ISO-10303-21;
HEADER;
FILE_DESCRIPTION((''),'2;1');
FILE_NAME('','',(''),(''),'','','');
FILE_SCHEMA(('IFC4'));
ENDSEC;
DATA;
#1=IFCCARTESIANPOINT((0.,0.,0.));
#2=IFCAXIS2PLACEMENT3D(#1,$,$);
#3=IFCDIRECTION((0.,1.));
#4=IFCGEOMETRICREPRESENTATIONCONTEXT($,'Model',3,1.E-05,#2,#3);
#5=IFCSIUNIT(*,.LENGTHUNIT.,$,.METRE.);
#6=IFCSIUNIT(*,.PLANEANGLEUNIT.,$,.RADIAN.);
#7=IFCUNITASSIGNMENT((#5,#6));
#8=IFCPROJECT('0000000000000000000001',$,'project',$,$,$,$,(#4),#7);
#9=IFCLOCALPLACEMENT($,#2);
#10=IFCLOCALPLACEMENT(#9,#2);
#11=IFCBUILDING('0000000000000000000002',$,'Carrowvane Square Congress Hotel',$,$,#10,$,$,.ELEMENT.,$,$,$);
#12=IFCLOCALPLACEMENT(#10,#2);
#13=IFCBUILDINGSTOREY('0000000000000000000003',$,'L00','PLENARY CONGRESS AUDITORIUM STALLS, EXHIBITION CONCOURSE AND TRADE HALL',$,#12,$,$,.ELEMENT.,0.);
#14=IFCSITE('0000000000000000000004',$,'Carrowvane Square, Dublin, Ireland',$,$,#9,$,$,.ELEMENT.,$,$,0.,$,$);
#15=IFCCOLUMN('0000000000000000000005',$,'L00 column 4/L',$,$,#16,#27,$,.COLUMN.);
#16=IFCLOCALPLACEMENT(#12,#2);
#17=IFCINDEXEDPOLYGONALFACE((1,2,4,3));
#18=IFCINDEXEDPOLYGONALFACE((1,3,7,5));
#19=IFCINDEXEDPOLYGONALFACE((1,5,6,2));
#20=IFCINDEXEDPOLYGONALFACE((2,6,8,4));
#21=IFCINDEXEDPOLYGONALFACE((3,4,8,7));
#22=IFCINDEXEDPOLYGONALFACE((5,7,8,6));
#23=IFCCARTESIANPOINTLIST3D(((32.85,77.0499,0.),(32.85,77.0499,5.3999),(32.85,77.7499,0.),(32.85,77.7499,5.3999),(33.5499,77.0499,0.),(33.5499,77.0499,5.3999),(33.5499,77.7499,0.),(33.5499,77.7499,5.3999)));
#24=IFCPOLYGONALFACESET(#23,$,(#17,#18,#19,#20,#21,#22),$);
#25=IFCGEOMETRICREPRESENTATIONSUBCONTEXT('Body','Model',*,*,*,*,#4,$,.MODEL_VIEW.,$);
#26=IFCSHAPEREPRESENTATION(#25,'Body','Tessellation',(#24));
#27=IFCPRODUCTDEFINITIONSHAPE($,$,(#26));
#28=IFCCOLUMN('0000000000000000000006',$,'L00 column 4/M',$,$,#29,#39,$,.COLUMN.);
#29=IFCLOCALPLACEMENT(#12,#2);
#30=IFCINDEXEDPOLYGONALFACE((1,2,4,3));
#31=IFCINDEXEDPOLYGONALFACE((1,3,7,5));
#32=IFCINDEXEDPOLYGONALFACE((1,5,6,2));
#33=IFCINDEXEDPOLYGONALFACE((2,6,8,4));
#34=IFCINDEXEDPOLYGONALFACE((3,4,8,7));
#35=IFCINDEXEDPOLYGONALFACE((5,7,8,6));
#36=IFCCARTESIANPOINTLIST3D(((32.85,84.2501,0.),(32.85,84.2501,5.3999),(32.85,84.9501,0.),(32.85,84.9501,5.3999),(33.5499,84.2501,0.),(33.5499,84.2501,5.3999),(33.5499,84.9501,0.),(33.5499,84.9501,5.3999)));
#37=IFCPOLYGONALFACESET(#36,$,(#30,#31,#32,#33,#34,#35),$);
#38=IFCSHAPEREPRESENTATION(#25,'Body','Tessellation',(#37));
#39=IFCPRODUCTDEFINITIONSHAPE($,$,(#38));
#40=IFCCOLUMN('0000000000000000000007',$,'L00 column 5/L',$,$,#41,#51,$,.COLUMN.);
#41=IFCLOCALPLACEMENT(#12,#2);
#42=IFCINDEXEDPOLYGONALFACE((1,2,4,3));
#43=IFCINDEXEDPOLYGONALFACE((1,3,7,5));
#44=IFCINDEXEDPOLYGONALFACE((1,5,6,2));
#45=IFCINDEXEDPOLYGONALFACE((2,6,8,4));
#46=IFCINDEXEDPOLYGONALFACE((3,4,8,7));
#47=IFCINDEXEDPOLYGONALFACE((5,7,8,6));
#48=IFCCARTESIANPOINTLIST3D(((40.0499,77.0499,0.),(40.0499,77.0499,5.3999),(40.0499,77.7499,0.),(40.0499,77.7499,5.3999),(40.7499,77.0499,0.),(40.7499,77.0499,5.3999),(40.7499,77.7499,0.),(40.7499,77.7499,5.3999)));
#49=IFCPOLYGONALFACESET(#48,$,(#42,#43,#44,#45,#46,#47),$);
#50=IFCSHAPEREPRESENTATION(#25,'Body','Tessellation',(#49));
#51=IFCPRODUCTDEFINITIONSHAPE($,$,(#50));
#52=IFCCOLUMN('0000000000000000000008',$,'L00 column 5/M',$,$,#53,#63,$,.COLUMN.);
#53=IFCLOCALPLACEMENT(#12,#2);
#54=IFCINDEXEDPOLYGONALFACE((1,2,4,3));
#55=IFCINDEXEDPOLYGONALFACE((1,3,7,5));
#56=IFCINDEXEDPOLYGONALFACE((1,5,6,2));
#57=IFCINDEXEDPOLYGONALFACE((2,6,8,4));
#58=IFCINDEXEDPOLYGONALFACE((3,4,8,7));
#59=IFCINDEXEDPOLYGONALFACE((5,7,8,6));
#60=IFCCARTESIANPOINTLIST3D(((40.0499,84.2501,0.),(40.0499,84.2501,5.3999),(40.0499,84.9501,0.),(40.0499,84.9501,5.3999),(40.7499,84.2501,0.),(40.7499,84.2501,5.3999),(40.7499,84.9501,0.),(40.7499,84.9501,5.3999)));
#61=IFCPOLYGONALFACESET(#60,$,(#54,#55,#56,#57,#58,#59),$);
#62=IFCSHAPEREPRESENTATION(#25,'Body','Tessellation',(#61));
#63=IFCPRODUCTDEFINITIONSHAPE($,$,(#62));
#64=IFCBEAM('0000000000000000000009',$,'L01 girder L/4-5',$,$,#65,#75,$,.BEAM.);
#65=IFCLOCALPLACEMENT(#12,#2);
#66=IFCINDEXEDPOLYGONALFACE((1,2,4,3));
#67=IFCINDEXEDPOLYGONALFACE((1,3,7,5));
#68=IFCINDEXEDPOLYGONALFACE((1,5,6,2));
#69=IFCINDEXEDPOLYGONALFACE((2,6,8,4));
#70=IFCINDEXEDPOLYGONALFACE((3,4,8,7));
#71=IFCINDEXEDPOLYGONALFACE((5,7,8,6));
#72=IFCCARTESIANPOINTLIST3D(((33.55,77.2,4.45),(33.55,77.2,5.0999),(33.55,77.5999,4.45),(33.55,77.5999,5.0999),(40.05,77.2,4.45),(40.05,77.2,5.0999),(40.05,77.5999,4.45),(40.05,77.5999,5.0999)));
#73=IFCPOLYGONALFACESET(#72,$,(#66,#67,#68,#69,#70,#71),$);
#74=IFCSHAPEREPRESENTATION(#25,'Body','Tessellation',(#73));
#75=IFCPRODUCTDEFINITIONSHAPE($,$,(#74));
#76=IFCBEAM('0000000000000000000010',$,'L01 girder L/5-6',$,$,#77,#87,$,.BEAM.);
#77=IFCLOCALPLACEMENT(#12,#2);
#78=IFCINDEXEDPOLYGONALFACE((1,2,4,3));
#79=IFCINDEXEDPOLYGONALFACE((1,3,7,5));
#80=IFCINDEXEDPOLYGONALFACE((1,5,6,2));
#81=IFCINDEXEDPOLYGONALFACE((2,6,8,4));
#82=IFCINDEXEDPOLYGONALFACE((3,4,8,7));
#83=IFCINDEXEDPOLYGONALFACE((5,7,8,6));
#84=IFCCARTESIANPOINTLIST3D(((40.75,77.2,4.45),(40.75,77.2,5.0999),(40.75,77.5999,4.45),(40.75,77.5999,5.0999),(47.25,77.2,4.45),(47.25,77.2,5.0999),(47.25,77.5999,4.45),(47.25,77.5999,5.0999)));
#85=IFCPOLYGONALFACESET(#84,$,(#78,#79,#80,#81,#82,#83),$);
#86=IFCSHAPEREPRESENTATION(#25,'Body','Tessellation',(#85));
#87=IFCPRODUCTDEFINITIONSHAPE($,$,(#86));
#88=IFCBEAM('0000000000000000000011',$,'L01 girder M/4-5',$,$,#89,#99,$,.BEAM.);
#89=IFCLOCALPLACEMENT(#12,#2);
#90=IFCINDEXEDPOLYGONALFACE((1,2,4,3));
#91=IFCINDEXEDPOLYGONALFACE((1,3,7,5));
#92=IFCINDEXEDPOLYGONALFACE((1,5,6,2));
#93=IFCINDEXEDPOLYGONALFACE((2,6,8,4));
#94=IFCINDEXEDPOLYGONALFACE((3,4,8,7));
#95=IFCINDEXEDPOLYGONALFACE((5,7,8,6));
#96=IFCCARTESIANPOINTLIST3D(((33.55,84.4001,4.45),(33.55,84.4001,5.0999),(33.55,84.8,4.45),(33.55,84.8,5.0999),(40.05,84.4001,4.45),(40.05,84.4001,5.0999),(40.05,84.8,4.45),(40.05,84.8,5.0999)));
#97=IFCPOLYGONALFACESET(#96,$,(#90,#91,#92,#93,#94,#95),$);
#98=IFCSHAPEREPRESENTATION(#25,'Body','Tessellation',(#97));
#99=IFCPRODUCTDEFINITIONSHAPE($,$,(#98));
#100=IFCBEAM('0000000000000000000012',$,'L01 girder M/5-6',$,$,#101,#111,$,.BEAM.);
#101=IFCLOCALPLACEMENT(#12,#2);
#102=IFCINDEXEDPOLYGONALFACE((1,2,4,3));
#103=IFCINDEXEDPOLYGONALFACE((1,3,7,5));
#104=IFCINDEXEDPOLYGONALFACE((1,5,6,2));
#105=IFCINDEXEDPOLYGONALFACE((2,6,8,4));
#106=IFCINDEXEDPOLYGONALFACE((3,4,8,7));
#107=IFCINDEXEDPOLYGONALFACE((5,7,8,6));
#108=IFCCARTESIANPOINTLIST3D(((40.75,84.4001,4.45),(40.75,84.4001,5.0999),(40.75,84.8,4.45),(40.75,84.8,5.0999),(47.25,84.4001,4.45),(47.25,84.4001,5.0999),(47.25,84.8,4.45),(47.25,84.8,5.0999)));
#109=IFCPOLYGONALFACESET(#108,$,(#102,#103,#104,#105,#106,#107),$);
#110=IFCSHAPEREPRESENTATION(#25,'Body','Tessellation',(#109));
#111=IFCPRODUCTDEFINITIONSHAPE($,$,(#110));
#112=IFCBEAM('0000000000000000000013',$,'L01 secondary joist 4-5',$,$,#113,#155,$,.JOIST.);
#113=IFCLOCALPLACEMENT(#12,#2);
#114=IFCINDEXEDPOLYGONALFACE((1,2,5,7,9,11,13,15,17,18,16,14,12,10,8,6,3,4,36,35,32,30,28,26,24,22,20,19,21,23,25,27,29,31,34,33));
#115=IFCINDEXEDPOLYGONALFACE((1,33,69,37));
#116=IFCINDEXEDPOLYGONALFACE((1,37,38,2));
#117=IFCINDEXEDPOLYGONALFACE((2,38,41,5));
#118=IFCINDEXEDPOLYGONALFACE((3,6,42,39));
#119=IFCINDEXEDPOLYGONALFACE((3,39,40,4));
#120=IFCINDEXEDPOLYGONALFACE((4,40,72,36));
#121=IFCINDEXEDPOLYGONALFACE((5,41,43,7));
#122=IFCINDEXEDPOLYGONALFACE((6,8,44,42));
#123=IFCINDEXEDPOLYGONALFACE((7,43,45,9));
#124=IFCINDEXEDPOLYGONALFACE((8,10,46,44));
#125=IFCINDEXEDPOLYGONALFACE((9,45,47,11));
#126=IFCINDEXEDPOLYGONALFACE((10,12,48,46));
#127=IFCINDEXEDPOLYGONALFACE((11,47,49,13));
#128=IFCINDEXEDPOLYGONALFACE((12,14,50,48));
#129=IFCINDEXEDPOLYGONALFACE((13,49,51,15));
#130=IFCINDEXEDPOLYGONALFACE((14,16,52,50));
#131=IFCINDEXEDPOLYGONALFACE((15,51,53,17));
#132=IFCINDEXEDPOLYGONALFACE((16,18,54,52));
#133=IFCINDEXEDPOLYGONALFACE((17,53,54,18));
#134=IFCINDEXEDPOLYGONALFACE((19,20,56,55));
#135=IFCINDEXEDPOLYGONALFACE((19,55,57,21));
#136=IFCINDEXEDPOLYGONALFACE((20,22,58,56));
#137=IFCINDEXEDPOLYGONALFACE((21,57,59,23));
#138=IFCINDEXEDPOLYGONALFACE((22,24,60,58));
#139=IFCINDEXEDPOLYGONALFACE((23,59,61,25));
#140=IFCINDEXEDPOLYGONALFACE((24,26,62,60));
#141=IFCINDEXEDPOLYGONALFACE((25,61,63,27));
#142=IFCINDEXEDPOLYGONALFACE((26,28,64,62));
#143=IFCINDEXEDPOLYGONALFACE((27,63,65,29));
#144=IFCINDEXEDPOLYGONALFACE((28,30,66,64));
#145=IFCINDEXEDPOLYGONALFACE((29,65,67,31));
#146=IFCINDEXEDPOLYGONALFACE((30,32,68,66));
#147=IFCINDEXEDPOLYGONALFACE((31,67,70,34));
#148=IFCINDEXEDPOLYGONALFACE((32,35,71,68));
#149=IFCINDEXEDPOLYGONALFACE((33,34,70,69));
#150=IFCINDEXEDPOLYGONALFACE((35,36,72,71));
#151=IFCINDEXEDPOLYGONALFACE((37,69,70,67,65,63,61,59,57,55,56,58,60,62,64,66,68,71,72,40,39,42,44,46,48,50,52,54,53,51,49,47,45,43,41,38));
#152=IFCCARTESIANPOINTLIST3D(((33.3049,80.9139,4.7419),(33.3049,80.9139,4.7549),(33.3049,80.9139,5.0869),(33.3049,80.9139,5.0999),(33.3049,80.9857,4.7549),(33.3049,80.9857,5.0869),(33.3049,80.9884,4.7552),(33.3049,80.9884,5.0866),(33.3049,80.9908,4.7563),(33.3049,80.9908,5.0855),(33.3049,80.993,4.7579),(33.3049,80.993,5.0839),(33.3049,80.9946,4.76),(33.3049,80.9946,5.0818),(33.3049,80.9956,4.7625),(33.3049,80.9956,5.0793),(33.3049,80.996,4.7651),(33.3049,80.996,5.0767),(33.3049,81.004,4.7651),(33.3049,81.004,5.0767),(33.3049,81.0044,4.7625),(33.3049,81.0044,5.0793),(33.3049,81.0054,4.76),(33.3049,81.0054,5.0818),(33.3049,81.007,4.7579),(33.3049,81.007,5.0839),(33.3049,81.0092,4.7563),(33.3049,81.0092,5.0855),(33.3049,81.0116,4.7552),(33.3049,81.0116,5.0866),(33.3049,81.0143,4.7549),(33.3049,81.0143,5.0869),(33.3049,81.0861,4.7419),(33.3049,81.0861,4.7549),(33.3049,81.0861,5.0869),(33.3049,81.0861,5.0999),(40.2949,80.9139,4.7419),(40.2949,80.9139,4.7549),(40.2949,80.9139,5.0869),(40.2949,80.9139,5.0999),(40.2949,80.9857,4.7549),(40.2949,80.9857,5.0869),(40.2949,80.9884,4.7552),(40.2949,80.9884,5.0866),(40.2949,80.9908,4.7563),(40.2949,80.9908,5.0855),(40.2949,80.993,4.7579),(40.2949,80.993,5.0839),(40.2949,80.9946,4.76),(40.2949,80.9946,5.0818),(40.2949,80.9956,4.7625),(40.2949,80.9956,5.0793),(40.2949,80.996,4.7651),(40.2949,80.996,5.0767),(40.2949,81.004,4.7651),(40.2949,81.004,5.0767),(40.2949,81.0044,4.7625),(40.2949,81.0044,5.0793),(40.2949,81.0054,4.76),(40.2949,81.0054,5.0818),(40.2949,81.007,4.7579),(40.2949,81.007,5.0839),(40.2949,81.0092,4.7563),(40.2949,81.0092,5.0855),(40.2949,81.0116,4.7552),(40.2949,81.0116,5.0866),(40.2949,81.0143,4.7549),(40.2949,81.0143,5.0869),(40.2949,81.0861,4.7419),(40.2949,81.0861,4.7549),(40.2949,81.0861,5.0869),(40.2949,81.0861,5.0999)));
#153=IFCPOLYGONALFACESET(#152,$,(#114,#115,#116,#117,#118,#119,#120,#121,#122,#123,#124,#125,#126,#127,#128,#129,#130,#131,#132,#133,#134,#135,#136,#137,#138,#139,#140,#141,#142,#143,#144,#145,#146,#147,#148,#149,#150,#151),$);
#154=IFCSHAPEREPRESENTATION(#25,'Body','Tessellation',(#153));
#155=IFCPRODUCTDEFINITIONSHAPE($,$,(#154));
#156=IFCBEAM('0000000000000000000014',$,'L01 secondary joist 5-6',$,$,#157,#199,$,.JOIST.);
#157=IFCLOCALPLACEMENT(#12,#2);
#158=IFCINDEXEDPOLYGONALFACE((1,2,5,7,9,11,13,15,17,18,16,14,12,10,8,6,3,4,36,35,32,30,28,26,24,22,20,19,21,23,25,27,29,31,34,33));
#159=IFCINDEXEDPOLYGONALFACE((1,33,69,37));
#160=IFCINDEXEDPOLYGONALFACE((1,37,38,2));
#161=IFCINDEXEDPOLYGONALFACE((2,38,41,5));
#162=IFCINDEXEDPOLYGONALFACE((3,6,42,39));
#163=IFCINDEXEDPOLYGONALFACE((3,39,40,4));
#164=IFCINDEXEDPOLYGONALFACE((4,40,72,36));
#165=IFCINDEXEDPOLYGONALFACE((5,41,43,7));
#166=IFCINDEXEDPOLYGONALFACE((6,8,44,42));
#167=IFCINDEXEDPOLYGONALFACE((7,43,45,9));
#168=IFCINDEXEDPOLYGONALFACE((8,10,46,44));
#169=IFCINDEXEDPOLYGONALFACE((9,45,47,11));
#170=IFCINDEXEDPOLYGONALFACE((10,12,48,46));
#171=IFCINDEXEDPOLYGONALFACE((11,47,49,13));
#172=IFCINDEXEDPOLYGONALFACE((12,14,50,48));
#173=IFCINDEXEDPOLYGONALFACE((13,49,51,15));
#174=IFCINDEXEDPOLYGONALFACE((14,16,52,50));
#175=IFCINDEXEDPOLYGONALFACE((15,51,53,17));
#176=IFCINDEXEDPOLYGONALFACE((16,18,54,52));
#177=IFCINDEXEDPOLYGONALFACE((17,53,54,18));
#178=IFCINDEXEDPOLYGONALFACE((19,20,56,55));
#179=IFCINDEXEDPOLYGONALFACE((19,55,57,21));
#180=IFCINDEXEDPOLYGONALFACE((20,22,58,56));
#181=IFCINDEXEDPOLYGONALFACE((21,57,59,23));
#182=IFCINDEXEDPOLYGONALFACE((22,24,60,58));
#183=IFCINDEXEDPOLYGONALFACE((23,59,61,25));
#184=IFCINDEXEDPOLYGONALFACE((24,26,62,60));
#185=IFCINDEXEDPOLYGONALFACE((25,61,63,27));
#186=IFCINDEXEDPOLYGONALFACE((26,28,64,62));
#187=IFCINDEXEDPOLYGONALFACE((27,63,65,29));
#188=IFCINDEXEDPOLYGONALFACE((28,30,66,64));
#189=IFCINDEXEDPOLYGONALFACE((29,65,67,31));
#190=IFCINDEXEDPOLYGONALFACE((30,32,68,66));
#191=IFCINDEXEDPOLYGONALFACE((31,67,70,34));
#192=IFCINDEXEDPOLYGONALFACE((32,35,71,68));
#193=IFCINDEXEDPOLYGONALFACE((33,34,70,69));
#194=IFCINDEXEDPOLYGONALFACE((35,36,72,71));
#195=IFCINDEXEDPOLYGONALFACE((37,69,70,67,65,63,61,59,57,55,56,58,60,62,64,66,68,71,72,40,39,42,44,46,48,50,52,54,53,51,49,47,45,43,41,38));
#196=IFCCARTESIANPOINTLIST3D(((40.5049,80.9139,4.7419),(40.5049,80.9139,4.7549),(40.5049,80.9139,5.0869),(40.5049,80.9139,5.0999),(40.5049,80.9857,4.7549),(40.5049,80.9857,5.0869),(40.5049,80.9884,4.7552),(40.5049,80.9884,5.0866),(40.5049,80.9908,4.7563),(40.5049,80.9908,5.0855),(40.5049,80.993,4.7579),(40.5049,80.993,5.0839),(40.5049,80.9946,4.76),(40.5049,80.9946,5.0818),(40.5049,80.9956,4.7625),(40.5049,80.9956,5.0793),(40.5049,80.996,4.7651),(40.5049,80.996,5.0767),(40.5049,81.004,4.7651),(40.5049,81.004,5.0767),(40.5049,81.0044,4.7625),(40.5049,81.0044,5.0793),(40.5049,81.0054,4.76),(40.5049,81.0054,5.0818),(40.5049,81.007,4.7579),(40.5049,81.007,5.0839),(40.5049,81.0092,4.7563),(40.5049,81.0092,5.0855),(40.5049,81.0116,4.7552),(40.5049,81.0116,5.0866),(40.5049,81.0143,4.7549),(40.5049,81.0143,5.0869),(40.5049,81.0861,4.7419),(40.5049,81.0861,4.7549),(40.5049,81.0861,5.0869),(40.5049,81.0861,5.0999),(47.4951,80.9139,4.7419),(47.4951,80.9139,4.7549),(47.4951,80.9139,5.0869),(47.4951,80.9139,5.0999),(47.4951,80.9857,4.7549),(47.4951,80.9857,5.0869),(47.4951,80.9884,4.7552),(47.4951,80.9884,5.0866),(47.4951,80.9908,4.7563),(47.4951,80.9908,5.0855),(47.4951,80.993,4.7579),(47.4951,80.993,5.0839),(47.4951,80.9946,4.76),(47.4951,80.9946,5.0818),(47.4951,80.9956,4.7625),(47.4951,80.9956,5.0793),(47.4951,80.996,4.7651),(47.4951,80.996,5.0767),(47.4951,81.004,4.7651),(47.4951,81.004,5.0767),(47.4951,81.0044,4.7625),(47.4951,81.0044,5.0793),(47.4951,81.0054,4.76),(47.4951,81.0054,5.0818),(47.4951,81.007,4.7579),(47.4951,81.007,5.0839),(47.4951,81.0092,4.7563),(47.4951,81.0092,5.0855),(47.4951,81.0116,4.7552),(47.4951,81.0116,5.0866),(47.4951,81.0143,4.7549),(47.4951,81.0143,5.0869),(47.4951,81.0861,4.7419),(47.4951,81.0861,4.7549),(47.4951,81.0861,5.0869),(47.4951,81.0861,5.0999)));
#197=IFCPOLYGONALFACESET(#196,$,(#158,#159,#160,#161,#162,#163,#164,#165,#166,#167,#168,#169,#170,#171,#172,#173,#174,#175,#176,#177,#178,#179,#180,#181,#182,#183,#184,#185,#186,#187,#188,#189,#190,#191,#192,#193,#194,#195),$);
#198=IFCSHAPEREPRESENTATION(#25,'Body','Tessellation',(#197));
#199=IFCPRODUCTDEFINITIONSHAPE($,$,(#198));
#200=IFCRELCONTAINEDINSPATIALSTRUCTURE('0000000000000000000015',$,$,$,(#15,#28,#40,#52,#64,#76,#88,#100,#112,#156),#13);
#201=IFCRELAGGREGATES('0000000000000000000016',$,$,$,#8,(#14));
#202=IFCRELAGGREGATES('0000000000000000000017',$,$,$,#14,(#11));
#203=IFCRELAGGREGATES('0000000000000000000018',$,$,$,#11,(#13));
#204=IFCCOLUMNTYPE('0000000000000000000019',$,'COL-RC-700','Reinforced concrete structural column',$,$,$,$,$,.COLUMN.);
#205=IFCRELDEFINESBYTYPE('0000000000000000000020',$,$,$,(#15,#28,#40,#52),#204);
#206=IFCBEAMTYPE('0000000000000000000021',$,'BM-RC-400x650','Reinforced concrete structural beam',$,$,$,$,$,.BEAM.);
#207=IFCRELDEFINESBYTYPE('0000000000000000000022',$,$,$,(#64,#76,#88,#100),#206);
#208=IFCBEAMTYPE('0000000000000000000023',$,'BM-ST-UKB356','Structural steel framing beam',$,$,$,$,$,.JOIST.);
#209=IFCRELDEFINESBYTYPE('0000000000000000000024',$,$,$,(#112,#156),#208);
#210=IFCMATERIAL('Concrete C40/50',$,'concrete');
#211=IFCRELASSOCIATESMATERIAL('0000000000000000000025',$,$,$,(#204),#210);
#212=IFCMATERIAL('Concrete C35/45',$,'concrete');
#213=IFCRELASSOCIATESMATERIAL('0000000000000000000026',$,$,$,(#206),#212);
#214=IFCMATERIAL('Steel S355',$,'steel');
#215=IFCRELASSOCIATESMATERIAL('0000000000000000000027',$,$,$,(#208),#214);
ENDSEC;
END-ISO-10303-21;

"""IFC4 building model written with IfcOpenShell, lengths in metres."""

from ifc_helpers import new_model, si_unit, direction, frame, origin, origin_2d, place, context, subcontext, project, spatial, rectangle, i_section, extrude, material, material_profile, profile_set, type_object, element, save


model = new_model("IFC4")

# Units and contexts
model_context = context("Model", 3, precision=1e-05, world=origin(), true_north=direction((0.0, 1.0)))
body_context = subcontext(model_context, "Body", "Model", "MODEL_VIEW")
ifc_project = project(units=[si_unit("LENGTHUNIT", "METRE"), si_unit("PLANEANGLEUNIT", "RADIAN")], contexts=[model_context])

# Site, building, storey
site_placement = place(None, origin())
site = spatial("IfcSite", under=ifc_project, at=site_placement, Name="Carrowvane Square, Dublin, Ireland", CompositionType="ELEMENT", RefElevation=0.0)
building_placement = place(site_placement, origin())
building = spatial("IfcBuilding", under=site, at=building_placement, Name="Carrowvane Square Congress Hotel", CompositionType="ELEMENT")
storey_placement = place(building_placement, origin())
storey = spatial("IfcBuildingStorey", under=building, at=storey_placement, Name="L00", Description="PLENARY CONGRESS AUDITORIUM STALLS, EXHIBITION CONCOURSE AND TRADE HALL", CompositionType="ELEMENT", Elevation=0.0)

# Columns
ifc_material_1 = material(Name="Concrete C40/50", Category="concrete")
ifc_material_profile_1 = material_profile(ifc_material_1, rectangle(XDim=0.7, YDim=0.7, at=origin_2d()), Name="RC 700x700")
ifc_profile_set_1 = profile_set([ifc_material_profile_1], Name="Concrete C40/50")
column_type = type_object("IfcColumnType", Name="COL-RC-700", Description="Reinforced concrete structural column", PredefinedType="COLUMN", material=ifc_profile_set_1)
for number, where, z_axis, x_axis, name in (
    (1, (33.2, 77.3999, 0.0), (0.0, 0.0, 1.0), (1.0, 0.0, 0.0), "L00 column 4/L"),
    (2, (33.2, 84.6001, 0.0), (0.0, 0.0, 1.0), (1.0, 0.0, 0.0), "L00 column 4/M"),
    (3, (40.3999, 77.3999, 0.0), (0.0, 0.0, 1.0), (1.0, 0.0, 0.0), "L00 column 5/L"),
    (4, (40.3999, 84.6001, 0.0), (0.0, 0.0, 1.0), (1.0, 0.0, 0.0), "L00 column 5/M"),
):
    element("IfcColumn", number, at=place(storey_placement, frame(where, z_axis=z_axis, x_axis=x_axis)), inside=storey, type_object=column_type, Name=name, PredefinedType="COLUMN", context=body_context, shape_type="SweptSolid", body=[
        extrude(rectangle(XDim=0.7, YDim=0.7, at=origin_2d()), origin(), (0.0, 0.0, 1.0), 5.3999),
    ])

# Beams
ifc_material_2 = material(Name="Concrete C35/45", Category="concrete")
ifc_material_profile_2 = material_profile(ifc_material_2, rectangle(XDim=0.3999, YDim=0.6499, at=origin_2d()), Name="RC 400x650")
ifc_profile_set_2 = profile_set([ifc_material_profile_2], Name="Concrete C35/45")
beam_type_1 = type_object("IfcBeamType", Name="BM-RC-400x650", Description="Reinforced concrete structural beam", PredefinedType="BEAM", material=ifc_profile_set_2)
for number, where, z_axis, x_axis, name in (
    (5, (33.55, 77.3999, 4.7749), (1.0, 0.0, 0.0), (0.0, 1.0, 0.0), "L01 girder L/4-5"),
    (6, (40.75, 77.3999, 4.7749), (1.0, 0.0, 0.0), (0.0, 1.0, 0.0), "L01 girder L/5-6"),
    (7, (33.55, 84.6001, 4.7749), (1.0, 0.0, 0.0), (0.0, 1.0, 0.0), "L01 girder M/4-5"),
    (8, (40.75, 84.6001, 4.7749), (1.0, 0.0, 0.0), (0.0, 1.0, 0.0), "L01 girder M/5-6"),
):
    element("IfcBeam", number, at=place(storey_placement, frame(where, z_axis=z_axis, x_axis=x_axis)), inside=storey, type_object=beam_type_1, Name=name, PredefinedType="BEAM", context=body_context, shape_type="SweptSolid", body=[
        extrude(rectangle(XDim=0.3999, YDim=0.6499, at=origin_2d()), origin(), (0.0, 0.0, 1.0), 6.5),
    ])
ifc_material_3 = material(Name="Steel S355", Category="steel")
ifc_material_profile_3 = material_profile(ifc_material_3, i_section(OverallWidth=0.1721, OverallDepth=0.3579, WebThickness=0.0081, FlangeThickness=0.0129, FilletRadius=0.0103, at=origin_2d()), Name="UKB 356x171x57")
ifc_profile_set_3 = profile_set([ifc_material_profile_3], Name="Steel S355")
beam_type_2 = type_object("IfcBeamType", Name="BM-ST-UKB356", Description="Structural steel framing beam", PredefinedType="JOIST", material=ifc_profile_set_3)
beam_1_placement = place(storey_placement, frame((33.3049, 81.0, 4.9209), z_axis=(1.0, 0.0, 0.0), x_axis=(0.0, 1.0, 0.0)))
element("IfcBeam", 9, at=beam_1_placement, inside=storey, type_object=beam_type_2, Name="L01 secondary joist 4-5", PredefinedType="JOIST", context=body_context, shape_type="SweptSolid", body=[
    extrude(i_section(OverallWidth=0.1721, OverallDepth=0.3579, WebThickness=0.0081, FlangeThickness=0.0129, FilletRadius=0.0103, at=origin_2d()), origin(), (0.0, 0.0, 1.0), 6.99),
])
beam_2_placement = place(storey_placement, frame((40.5049, 81.0, 4.9209), z_axis=(1.0, 0.0, 0.0), x_axis=(0.0, 1.0, 0.0)))
element("IfcBeam", 10, at=beam_2_placement, inside=storey, type_object=beam_type_2, Name="L01 secondary joist 5-6", PredefinedType="JOIST", context=body_context, shape_type="SweptSolid", body=[
    extrude(i_section(OverallWidth=0.1721, OverallDepth=0.3579, WebThickness=0.0081, FlangeThickness=0.0129, FilletRadius=0.0103, at=origin_2d()), origin(), (0.0, 0.0, 1.0), 6.9902),
])

save(model, "model.ifc")
